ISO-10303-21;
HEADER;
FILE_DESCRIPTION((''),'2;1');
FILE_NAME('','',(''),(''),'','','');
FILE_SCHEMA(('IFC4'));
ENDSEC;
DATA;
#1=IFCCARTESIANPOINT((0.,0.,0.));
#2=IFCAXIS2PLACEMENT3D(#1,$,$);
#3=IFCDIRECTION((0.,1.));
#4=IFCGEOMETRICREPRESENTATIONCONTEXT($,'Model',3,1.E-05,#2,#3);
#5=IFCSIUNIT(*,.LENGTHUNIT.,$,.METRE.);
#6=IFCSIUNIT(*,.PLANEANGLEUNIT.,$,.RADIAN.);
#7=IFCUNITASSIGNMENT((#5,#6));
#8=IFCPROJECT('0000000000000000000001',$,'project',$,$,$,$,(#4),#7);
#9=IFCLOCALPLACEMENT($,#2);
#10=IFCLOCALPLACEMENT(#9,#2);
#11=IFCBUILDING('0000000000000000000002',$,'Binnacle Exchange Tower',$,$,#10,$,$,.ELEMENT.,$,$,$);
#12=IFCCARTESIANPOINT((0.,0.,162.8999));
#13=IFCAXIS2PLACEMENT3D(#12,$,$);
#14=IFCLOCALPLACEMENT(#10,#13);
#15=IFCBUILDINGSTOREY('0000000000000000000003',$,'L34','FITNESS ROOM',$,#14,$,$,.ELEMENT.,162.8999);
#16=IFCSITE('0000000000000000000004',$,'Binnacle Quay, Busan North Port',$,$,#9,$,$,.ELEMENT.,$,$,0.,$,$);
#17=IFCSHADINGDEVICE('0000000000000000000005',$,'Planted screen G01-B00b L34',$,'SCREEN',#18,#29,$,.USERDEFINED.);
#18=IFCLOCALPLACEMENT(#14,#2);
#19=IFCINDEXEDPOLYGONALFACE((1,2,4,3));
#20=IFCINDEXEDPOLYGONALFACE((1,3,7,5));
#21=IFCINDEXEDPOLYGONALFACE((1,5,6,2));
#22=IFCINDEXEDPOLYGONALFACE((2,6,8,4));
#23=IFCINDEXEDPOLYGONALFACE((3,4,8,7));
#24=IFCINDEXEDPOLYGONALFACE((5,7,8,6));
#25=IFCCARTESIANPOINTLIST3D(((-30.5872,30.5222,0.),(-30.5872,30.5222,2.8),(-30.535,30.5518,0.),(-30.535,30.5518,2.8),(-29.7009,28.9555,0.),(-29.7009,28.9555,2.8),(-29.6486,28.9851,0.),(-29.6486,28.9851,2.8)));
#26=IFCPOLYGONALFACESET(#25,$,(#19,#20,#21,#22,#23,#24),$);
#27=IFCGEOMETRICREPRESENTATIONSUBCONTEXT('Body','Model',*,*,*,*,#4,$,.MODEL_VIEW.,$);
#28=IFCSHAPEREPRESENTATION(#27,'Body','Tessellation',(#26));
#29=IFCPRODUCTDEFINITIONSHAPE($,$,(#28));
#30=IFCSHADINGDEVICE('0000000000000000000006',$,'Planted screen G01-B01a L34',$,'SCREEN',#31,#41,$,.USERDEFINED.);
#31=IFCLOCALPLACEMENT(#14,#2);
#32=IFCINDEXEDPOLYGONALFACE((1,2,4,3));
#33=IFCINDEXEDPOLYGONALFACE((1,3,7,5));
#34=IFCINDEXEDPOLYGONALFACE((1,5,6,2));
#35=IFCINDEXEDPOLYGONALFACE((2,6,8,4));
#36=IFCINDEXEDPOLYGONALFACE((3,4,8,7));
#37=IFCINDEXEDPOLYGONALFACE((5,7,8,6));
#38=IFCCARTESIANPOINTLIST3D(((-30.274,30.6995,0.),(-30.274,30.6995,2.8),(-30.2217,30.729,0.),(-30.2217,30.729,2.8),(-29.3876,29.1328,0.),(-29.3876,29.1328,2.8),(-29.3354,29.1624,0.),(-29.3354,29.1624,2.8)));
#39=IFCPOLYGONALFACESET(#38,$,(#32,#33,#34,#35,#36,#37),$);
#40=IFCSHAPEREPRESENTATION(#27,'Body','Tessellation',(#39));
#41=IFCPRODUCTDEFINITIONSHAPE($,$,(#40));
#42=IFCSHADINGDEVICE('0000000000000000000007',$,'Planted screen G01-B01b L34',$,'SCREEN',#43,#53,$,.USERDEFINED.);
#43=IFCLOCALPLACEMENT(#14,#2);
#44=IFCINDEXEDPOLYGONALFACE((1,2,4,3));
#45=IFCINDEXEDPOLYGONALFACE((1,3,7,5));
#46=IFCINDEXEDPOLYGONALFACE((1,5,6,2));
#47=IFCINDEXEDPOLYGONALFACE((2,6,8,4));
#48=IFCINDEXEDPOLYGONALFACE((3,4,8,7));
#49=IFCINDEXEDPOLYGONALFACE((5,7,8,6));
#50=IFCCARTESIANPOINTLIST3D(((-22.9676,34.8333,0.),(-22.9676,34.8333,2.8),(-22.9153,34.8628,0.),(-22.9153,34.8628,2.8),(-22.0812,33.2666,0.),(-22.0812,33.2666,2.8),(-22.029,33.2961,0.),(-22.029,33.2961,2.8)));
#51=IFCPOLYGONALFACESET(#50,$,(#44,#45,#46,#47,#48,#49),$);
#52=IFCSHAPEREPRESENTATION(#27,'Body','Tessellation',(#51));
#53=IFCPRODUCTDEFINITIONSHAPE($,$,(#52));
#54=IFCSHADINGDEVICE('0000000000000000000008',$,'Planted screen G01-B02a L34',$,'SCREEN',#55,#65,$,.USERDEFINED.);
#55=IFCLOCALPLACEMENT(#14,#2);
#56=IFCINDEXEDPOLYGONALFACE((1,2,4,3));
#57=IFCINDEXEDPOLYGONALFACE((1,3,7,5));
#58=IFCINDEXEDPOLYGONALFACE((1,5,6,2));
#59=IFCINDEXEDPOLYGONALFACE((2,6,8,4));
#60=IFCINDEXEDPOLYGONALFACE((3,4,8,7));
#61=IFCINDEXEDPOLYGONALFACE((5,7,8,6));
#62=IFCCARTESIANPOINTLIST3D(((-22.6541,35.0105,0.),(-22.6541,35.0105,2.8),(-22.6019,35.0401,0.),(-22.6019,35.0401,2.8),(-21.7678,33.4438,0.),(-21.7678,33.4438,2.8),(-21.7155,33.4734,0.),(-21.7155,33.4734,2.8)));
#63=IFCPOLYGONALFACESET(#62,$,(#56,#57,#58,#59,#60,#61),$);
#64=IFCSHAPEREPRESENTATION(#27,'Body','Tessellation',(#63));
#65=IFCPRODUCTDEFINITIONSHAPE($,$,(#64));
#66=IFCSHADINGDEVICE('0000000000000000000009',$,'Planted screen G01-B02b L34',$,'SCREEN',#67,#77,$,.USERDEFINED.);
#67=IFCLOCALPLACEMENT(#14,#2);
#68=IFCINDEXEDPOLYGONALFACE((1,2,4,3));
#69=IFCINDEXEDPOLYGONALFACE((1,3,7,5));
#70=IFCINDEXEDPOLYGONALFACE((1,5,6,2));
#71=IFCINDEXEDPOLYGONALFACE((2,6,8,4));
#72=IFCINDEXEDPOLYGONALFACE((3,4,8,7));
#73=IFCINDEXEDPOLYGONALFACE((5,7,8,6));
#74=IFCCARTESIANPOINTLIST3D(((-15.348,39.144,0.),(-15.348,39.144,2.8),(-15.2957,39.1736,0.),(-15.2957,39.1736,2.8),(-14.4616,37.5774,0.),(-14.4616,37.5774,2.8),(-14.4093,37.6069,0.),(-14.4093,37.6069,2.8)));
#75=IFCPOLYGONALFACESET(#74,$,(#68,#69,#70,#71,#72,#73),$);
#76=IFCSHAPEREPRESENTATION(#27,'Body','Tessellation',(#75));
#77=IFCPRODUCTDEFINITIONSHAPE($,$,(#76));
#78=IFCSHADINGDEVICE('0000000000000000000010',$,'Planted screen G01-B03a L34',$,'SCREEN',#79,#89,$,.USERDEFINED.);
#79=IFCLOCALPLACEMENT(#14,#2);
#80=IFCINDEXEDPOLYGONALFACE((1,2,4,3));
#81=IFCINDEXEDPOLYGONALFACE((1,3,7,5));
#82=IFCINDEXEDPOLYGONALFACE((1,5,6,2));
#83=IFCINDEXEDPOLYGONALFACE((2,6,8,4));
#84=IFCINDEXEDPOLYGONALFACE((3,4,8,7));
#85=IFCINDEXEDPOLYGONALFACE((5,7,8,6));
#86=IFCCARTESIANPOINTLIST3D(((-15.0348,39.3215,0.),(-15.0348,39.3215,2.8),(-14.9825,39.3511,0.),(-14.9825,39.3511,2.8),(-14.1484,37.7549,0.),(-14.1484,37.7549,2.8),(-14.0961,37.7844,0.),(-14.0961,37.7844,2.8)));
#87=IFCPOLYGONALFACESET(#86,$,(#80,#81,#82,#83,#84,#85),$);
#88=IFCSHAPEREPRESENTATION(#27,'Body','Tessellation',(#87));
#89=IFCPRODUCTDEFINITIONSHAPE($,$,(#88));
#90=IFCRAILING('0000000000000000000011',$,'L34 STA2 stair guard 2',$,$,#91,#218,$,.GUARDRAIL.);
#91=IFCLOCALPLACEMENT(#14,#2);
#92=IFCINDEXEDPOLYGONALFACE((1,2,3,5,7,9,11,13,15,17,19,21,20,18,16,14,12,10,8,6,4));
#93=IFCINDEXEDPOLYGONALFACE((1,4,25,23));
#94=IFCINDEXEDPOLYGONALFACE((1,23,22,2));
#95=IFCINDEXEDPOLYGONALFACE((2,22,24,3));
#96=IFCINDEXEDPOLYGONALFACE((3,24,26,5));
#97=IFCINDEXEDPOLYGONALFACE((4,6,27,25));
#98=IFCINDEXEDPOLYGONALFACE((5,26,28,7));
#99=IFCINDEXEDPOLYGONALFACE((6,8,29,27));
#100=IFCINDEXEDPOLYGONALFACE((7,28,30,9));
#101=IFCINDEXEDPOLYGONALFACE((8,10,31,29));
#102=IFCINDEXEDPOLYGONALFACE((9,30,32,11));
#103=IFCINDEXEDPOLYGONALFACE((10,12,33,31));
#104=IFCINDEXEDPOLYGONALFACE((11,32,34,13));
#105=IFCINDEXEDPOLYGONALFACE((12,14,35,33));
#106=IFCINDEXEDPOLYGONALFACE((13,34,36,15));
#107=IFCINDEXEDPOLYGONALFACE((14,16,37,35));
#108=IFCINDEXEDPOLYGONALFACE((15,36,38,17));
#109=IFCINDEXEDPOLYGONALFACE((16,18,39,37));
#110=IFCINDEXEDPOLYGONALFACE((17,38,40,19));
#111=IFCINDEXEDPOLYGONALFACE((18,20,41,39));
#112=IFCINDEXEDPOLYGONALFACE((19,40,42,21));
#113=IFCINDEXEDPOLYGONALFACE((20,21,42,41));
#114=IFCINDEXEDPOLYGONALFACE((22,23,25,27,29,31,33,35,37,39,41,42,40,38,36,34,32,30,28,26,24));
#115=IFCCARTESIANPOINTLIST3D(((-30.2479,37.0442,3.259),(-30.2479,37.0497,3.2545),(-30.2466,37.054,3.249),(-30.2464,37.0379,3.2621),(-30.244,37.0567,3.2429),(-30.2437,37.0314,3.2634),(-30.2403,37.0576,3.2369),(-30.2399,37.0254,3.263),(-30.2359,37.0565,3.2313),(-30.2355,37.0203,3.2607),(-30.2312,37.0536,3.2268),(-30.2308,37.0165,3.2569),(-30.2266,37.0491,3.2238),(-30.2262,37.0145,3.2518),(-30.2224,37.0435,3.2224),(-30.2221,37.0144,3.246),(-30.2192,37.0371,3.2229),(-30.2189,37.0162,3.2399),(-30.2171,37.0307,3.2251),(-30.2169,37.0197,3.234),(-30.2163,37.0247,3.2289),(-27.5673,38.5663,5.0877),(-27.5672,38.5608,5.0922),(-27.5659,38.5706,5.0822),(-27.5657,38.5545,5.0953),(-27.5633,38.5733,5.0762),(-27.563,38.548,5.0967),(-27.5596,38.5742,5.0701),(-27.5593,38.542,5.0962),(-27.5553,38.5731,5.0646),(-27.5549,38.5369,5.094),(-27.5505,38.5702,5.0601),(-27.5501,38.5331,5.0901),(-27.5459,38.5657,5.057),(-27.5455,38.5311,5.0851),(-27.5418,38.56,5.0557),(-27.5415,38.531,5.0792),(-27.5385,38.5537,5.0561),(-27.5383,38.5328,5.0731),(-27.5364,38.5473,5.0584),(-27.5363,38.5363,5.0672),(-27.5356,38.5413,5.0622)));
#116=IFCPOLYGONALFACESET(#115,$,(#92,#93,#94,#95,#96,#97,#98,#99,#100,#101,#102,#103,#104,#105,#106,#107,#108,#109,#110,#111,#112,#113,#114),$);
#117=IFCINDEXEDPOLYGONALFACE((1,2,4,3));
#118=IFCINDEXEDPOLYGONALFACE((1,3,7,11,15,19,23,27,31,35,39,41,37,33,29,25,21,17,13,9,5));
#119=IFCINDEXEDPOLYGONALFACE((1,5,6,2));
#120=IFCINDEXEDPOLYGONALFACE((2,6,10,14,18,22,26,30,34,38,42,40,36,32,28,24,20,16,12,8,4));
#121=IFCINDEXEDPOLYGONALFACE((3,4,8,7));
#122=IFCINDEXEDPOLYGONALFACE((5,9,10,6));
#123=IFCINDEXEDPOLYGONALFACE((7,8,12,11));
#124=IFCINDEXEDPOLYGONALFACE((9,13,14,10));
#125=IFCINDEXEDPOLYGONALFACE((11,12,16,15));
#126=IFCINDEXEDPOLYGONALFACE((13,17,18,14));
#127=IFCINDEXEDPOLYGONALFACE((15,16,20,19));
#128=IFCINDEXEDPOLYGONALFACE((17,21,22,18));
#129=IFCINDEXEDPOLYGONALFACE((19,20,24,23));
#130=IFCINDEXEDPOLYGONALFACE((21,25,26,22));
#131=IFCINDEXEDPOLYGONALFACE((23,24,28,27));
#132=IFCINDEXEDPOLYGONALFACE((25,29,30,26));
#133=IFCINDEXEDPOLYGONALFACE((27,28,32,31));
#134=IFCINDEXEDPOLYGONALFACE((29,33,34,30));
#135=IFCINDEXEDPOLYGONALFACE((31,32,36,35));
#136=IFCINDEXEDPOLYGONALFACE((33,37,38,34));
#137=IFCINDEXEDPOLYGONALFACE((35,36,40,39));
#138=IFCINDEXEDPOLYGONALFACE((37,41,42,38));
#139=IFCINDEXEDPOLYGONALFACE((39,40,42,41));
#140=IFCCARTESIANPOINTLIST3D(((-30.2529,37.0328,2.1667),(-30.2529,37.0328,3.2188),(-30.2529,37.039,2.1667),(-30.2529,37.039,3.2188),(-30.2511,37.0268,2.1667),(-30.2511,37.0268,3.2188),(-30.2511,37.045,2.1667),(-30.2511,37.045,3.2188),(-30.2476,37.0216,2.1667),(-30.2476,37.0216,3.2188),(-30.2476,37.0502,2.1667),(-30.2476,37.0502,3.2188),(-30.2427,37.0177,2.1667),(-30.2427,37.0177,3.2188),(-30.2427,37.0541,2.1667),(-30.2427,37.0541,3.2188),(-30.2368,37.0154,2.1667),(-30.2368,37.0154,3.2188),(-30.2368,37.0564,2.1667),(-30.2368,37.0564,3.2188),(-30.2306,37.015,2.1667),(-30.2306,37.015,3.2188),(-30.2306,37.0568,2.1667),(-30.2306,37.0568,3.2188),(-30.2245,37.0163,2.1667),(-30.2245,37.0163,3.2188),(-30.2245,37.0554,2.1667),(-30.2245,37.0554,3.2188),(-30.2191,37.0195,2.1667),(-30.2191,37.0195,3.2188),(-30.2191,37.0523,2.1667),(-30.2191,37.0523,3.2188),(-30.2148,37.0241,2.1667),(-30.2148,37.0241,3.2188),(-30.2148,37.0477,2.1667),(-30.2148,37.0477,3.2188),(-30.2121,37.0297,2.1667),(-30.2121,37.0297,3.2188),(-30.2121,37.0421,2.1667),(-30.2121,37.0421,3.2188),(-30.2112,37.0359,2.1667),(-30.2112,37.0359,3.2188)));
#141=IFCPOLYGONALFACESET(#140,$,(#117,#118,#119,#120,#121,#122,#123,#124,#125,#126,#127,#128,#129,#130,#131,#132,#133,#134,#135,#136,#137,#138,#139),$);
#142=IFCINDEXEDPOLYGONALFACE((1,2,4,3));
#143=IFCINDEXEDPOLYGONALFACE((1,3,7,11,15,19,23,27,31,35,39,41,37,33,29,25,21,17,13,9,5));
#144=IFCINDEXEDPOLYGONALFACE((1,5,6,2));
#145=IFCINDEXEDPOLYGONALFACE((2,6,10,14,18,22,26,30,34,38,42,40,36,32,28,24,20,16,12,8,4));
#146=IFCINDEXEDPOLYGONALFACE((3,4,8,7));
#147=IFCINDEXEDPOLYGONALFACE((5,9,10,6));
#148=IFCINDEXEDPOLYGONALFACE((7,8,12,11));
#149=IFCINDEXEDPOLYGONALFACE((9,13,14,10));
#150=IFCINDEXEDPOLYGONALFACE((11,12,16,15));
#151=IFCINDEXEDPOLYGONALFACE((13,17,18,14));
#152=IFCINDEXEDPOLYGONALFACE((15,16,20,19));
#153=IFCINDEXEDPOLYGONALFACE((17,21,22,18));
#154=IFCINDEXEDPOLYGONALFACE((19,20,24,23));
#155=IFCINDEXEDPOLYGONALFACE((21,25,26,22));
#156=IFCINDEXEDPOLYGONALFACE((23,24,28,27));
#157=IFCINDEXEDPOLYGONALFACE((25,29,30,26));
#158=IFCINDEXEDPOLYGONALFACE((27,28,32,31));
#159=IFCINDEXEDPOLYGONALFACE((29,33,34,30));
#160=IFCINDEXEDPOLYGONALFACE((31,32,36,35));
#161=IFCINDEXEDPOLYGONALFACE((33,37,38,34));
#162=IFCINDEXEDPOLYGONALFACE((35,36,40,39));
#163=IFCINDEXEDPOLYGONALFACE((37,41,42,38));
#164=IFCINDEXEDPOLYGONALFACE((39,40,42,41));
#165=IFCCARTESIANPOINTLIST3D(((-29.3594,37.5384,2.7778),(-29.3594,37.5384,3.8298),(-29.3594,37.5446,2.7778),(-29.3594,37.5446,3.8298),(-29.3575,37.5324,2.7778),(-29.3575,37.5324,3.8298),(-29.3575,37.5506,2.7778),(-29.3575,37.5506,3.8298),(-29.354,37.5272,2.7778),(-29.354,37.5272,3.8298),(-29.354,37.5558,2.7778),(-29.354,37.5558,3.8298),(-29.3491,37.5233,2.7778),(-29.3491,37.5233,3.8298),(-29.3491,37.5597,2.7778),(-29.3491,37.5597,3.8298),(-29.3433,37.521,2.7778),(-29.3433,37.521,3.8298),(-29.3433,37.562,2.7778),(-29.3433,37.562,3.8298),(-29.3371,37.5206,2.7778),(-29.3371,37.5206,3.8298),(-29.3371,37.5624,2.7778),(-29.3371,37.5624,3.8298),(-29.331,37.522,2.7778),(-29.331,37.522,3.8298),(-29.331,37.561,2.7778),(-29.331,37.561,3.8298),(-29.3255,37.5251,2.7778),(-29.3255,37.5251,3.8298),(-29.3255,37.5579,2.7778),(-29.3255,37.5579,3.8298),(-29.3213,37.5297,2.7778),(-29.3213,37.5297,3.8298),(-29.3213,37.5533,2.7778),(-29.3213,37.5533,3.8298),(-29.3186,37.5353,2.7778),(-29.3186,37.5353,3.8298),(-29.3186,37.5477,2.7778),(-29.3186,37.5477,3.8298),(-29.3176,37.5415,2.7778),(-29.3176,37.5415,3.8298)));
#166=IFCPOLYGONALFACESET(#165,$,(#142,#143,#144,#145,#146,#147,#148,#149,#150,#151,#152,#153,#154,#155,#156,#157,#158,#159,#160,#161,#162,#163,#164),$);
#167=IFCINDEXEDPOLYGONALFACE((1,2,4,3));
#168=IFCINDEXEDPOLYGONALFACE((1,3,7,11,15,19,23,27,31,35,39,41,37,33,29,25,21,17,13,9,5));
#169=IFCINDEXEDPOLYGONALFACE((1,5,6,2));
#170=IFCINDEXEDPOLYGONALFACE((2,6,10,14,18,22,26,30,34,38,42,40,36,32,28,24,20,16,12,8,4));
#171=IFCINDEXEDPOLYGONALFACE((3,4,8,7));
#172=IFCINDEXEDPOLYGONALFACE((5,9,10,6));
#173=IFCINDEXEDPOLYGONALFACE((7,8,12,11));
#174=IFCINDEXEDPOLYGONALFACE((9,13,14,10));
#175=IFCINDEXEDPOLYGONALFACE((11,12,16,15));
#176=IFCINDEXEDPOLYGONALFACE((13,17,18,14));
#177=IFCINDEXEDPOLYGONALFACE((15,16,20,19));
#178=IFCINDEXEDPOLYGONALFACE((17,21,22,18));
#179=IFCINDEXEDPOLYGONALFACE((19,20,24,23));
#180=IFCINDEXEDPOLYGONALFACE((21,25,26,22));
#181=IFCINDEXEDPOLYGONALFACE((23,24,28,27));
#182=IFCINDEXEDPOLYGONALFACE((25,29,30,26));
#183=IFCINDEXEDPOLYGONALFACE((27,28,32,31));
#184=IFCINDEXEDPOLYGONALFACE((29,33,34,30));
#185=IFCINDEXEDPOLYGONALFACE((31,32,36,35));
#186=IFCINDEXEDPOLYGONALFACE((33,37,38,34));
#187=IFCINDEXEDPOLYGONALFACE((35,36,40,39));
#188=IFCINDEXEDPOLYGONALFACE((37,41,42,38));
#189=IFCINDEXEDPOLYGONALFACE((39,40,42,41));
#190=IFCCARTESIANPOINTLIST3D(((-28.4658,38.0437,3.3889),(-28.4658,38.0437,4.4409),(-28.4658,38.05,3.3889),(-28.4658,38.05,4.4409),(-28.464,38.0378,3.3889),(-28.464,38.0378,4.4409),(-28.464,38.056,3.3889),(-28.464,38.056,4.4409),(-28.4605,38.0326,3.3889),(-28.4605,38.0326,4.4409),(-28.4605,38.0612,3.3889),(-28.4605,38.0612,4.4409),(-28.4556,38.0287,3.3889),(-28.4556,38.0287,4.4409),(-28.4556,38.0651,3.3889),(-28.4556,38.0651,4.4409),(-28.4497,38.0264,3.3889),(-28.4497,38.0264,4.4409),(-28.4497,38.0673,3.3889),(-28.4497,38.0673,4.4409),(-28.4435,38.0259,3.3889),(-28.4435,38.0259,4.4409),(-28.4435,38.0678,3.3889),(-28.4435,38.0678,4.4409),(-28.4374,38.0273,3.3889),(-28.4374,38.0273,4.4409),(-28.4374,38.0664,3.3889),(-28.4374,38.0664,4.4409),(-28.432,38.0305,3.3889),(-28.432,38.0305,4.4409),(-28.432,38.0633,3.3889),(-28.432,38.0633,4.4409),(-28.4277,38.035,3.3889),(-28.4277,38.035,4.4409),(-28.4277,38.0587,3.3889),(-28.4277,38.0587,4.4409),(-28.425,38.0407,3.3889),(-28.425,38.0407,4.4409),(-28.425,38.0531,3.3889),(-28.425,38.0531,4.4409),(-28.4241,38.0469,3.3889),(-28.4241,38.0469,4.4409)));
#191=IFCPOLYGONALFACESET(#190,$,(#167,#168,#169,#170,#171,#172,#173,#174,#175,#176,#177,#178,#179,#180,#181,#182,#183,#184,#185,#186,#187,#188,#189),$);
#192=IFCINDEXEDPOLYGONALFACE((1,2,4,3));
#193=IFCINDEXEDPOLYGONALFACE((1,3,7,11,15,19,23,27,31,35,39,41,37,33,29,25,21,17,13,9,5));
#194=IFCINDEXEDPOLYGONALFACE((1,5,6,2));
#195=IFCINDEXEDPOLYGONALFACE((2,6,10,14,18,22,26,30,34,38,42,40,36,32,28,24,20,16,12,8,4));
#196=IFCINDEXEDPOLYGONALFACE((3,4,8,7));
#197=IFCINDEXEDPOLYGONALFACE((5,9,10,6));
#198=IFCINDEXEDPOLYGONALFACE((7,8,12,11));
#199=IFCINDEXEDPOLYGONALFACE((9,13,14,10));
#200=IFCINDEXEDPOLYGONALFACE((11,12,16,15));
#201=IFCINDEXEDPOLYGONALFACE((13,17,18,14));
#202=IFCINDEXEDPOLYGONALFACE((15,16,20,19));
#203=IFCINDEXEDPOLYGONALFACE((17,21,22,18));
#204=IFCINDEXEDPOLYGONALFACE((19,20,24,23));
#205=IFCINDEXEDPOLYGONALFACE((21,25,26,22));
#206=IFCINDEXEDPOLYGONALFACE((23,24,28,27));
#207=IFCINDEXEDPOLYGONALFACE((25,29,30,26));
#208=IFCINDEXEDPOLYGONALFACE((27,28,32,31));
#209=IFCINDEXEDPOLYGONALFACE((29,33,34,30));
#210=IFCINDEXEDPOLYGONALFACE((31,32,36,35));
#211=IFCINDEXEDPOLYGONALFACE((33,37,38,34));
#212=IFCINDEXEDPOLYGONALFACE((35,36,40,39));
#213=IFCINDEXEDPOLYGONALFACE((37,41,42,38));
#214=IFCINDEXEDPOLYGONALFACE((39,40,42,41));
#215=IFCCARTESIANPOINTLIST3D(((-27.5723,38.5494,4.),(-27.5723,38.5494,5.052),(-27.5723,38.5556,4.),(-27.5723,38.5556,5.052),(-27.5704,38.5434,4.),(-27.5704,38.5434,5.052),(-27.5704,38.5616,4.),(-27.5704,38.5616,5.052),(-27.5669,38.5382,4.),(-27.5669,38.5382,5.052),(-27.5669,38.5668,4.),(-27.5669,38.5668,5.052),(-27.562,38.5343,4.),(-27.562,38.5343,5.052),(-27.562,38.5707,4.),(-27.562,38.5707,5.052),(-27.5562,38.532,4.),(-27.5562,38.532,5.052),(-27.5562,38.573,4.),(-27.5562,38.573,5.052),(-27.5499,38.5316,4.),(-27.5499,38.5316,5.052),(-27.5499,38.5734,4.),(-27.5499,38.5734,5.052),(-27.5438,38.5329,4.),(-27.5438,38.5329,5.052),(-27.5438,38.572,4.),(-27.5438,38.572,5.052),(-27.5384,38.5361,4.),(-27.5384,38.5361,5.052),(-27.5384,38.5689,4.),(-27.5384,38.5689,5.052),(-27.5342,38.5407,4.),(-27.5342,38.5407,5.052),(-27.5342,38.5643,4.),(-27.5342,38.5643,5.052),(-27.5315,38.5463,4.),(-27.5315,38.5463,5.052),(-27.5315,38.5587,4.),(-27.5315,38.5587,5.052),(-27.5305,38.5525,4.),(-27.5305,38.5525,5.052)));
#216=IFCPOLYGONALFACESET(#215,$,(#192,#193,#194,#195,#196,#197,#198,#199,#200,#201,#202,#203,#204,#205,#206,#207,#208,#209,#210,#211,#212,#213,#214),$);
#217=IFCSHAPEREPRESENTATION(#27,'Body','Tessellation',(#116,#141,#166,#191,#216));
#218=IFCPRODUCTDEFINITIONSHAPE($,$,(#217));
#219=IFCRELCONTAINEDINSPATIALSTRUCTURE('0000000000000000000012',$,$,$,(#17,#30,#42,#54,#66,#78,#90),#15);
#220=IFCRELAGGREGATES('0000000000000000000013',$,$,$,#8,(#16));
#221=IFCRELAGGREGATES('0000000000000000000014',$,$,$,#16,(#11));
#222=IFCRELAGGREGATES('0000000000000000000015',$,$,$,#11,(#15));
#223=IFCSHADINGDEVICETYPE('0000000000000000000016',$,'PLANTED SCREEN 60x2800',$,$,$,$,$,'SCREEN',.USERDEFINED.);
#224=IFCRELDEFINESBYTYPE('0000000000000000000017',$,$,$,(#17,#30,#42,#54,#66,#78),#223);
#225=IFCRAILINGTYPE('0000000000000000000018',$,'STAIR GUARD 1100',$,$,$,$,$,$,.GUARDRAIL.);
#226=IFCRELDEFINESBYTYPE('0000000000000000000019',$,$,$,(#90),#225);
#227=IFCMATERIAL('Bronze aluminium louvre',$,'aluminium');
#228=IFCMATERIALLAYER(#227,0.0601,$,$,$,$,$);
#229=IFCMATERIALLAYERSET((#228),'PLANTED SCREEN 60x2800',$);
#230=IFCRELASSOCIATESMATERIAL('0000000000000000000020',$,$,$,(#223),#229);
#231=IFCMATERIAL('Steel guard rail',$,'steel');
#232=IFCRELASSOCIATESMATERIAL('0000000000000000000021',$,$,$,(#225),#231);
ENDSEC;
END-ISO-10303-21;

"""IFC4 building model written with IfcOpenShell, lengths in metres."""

from ifc_helpers import new_model, si_unit, direction, frame, origin, origin_2d, place, context, subcontext, project, spatial, rectangle, circle, extrude, material, layer, layer_set, type_object, element, save


model = new_model("IFC4")

# Units and contexts
model_context = context("Model", 3, precision=1e-05, world=origin(), true_north=direction((0.0, 1.0)))
body_context = subcontext(model_context, "Body", "Model", "MODEL_VIEW")
ifc_project = project(units=[si_unit("LENGTHUNIT", "METRE"), si_unit("PLANEANGLEUNIT", "RADIAN")], contexts=[model_context])

# Site, building, storey
site_placement = place(None, origin())
site = spatial("IfcSite", under=ifc_project, at=site_placement, Name="Binnacle Quay, Busan North Port", CompositionType="ELEMENT", RefElevation=0.0)
building_placement = place(site_placement, origin())
building = spatial("IfcBuilding", under=site, at=building_placement, Name="Binnacle Exchange Tower", CompositionType="ELEMENT")
storey_placement = place(building_placement, frame((0.0, 0.0, 162.8999)))
storey = spatial("IfcBuildingStorey", under=building, at=storey_placement, Name="L34", Description="FITNESS ROOM", CompositionType="ELEMENT", Elevation=162.8999)

# Shading devices
ifc_material_1 = material(Name="Bronze aluminium louvre", Category="aluminium")
ifc_layer_1 = layer(ifc_material_1, 0.0601)
ifc_layer_set_1 = layer_set([ifc_layer_1], Name="PLANTED SCREEN 60x2800")
shading_device_type_1 = type_object("IfcShadingDeviceType", Name="PLANTED SCREEN 60x2800", ElementType="SCREEN", PredefinedType="USERDEFINED", material=ifc_layer_set_1)
for number, where, z_axis, x_axis, name in (
    (1, (-30.1179, 29.7537, 0.0), (0.0, 0.0, 1.0), (0.870356, 0.492424, 0.0), "Planted screen G01-B00b L34"),
    (2, (-29.8047, 29.9309, 0.0), (0.0, 0.0, 1.0), (0.870356, 0.492424, 0.0), "Planted screen G01-B01a L34"),
    (3, (-22.4983, 34.0647, 0.0), (0.0, 0.0, 1.0), (0.870356, 0.492424, 0.0), "Planted screen G01-B01b L34"),
    (4, (-22.1848, 34.2419, 0.0), (0.0, 0.0, 1.0), (0.870356, 0.492424, 0.0), "Planted screen G01-B02a L34"),
    (5, (-14.8787, 38.3755, 0.0), (0.0, 0.0, 1.0), (0.870356, 0.492424, 0.0), "Planted screen G01-B02b L34"),
    (6, (-14.5654, 38.553, 0.0), (0.0, 0.0, 1.0), (0.870356, 0.492424, 0.0), "Planted screen G01-B03a L34"),
):
    element("IfcShadingDevice", number, at=place(storey_placement, frame(where, z_axis=z_axis, x_axis=x_axis)), inside=storey, type_object=shading_device_type_1, Name=name, ObjectType="SCREEN", PredefinedType="USERDEFINED", context=body_context, shape_type="SweptSolid", body=[
        extrude(rectangle(XDim=0.0601, YDim=1.8, at=origin_2d()), origin(), (0.0, 0.0, 1.0), 2.8),
    ])

# Railing
ifc_material_2 = material(Name="Steel guard rail", Category="steel")
railing_type_1 = type_object("IfcRailingType", Name="STAIR GUARD 1100", PredefinedType="GUARDRAIL", material=ifc_material_2)
railing_1_placement = place(storey_placement, frame((-30.2322, 37.0359, 2.1667)))
element("IfcRailing", 7, at=railing_1_placement, inside=storey, type_object=railing_type_1, Name="L34 STA2 stair guard 2", PredefinedType="GUARDRAIL", context=body_context, shape_type="SweptSolid", body=[
    extrude(circle(Radius=0.0239, at=origin_2d()), frame((0.0, 0.0, 1.0762), z_axis=(0.747901, 0.423129, 0.511474), x_axis=(-0.492412, 0.870362, 0.0)), (0.0, 0.0, 1.0), 3.5842),
    extrude(circle(Radius=0.021, at=origin_2d()), origin(), (0.0, 0.0, 1.0), 1.052),
    extrude(circle(Radius=0.021, at=origin_2d()), frame((0.8936, 0.5056, 0.6111)), (0.0, 0.0, 1.0), 1.052),
    extrude(circle(Radius=0.021, at=origin_2d()), frame((1.7871, 1.011, 1.2222)), (0.0, 0.0, 1.0), 1.052),
    extrude(circle(Radius=0.021, at=origin_2d()), frame((2.6807, 1.5166, 1.8333)), (0.0, 0.0, 1.0), 1.052),
])

save(model, "model.ifc")
